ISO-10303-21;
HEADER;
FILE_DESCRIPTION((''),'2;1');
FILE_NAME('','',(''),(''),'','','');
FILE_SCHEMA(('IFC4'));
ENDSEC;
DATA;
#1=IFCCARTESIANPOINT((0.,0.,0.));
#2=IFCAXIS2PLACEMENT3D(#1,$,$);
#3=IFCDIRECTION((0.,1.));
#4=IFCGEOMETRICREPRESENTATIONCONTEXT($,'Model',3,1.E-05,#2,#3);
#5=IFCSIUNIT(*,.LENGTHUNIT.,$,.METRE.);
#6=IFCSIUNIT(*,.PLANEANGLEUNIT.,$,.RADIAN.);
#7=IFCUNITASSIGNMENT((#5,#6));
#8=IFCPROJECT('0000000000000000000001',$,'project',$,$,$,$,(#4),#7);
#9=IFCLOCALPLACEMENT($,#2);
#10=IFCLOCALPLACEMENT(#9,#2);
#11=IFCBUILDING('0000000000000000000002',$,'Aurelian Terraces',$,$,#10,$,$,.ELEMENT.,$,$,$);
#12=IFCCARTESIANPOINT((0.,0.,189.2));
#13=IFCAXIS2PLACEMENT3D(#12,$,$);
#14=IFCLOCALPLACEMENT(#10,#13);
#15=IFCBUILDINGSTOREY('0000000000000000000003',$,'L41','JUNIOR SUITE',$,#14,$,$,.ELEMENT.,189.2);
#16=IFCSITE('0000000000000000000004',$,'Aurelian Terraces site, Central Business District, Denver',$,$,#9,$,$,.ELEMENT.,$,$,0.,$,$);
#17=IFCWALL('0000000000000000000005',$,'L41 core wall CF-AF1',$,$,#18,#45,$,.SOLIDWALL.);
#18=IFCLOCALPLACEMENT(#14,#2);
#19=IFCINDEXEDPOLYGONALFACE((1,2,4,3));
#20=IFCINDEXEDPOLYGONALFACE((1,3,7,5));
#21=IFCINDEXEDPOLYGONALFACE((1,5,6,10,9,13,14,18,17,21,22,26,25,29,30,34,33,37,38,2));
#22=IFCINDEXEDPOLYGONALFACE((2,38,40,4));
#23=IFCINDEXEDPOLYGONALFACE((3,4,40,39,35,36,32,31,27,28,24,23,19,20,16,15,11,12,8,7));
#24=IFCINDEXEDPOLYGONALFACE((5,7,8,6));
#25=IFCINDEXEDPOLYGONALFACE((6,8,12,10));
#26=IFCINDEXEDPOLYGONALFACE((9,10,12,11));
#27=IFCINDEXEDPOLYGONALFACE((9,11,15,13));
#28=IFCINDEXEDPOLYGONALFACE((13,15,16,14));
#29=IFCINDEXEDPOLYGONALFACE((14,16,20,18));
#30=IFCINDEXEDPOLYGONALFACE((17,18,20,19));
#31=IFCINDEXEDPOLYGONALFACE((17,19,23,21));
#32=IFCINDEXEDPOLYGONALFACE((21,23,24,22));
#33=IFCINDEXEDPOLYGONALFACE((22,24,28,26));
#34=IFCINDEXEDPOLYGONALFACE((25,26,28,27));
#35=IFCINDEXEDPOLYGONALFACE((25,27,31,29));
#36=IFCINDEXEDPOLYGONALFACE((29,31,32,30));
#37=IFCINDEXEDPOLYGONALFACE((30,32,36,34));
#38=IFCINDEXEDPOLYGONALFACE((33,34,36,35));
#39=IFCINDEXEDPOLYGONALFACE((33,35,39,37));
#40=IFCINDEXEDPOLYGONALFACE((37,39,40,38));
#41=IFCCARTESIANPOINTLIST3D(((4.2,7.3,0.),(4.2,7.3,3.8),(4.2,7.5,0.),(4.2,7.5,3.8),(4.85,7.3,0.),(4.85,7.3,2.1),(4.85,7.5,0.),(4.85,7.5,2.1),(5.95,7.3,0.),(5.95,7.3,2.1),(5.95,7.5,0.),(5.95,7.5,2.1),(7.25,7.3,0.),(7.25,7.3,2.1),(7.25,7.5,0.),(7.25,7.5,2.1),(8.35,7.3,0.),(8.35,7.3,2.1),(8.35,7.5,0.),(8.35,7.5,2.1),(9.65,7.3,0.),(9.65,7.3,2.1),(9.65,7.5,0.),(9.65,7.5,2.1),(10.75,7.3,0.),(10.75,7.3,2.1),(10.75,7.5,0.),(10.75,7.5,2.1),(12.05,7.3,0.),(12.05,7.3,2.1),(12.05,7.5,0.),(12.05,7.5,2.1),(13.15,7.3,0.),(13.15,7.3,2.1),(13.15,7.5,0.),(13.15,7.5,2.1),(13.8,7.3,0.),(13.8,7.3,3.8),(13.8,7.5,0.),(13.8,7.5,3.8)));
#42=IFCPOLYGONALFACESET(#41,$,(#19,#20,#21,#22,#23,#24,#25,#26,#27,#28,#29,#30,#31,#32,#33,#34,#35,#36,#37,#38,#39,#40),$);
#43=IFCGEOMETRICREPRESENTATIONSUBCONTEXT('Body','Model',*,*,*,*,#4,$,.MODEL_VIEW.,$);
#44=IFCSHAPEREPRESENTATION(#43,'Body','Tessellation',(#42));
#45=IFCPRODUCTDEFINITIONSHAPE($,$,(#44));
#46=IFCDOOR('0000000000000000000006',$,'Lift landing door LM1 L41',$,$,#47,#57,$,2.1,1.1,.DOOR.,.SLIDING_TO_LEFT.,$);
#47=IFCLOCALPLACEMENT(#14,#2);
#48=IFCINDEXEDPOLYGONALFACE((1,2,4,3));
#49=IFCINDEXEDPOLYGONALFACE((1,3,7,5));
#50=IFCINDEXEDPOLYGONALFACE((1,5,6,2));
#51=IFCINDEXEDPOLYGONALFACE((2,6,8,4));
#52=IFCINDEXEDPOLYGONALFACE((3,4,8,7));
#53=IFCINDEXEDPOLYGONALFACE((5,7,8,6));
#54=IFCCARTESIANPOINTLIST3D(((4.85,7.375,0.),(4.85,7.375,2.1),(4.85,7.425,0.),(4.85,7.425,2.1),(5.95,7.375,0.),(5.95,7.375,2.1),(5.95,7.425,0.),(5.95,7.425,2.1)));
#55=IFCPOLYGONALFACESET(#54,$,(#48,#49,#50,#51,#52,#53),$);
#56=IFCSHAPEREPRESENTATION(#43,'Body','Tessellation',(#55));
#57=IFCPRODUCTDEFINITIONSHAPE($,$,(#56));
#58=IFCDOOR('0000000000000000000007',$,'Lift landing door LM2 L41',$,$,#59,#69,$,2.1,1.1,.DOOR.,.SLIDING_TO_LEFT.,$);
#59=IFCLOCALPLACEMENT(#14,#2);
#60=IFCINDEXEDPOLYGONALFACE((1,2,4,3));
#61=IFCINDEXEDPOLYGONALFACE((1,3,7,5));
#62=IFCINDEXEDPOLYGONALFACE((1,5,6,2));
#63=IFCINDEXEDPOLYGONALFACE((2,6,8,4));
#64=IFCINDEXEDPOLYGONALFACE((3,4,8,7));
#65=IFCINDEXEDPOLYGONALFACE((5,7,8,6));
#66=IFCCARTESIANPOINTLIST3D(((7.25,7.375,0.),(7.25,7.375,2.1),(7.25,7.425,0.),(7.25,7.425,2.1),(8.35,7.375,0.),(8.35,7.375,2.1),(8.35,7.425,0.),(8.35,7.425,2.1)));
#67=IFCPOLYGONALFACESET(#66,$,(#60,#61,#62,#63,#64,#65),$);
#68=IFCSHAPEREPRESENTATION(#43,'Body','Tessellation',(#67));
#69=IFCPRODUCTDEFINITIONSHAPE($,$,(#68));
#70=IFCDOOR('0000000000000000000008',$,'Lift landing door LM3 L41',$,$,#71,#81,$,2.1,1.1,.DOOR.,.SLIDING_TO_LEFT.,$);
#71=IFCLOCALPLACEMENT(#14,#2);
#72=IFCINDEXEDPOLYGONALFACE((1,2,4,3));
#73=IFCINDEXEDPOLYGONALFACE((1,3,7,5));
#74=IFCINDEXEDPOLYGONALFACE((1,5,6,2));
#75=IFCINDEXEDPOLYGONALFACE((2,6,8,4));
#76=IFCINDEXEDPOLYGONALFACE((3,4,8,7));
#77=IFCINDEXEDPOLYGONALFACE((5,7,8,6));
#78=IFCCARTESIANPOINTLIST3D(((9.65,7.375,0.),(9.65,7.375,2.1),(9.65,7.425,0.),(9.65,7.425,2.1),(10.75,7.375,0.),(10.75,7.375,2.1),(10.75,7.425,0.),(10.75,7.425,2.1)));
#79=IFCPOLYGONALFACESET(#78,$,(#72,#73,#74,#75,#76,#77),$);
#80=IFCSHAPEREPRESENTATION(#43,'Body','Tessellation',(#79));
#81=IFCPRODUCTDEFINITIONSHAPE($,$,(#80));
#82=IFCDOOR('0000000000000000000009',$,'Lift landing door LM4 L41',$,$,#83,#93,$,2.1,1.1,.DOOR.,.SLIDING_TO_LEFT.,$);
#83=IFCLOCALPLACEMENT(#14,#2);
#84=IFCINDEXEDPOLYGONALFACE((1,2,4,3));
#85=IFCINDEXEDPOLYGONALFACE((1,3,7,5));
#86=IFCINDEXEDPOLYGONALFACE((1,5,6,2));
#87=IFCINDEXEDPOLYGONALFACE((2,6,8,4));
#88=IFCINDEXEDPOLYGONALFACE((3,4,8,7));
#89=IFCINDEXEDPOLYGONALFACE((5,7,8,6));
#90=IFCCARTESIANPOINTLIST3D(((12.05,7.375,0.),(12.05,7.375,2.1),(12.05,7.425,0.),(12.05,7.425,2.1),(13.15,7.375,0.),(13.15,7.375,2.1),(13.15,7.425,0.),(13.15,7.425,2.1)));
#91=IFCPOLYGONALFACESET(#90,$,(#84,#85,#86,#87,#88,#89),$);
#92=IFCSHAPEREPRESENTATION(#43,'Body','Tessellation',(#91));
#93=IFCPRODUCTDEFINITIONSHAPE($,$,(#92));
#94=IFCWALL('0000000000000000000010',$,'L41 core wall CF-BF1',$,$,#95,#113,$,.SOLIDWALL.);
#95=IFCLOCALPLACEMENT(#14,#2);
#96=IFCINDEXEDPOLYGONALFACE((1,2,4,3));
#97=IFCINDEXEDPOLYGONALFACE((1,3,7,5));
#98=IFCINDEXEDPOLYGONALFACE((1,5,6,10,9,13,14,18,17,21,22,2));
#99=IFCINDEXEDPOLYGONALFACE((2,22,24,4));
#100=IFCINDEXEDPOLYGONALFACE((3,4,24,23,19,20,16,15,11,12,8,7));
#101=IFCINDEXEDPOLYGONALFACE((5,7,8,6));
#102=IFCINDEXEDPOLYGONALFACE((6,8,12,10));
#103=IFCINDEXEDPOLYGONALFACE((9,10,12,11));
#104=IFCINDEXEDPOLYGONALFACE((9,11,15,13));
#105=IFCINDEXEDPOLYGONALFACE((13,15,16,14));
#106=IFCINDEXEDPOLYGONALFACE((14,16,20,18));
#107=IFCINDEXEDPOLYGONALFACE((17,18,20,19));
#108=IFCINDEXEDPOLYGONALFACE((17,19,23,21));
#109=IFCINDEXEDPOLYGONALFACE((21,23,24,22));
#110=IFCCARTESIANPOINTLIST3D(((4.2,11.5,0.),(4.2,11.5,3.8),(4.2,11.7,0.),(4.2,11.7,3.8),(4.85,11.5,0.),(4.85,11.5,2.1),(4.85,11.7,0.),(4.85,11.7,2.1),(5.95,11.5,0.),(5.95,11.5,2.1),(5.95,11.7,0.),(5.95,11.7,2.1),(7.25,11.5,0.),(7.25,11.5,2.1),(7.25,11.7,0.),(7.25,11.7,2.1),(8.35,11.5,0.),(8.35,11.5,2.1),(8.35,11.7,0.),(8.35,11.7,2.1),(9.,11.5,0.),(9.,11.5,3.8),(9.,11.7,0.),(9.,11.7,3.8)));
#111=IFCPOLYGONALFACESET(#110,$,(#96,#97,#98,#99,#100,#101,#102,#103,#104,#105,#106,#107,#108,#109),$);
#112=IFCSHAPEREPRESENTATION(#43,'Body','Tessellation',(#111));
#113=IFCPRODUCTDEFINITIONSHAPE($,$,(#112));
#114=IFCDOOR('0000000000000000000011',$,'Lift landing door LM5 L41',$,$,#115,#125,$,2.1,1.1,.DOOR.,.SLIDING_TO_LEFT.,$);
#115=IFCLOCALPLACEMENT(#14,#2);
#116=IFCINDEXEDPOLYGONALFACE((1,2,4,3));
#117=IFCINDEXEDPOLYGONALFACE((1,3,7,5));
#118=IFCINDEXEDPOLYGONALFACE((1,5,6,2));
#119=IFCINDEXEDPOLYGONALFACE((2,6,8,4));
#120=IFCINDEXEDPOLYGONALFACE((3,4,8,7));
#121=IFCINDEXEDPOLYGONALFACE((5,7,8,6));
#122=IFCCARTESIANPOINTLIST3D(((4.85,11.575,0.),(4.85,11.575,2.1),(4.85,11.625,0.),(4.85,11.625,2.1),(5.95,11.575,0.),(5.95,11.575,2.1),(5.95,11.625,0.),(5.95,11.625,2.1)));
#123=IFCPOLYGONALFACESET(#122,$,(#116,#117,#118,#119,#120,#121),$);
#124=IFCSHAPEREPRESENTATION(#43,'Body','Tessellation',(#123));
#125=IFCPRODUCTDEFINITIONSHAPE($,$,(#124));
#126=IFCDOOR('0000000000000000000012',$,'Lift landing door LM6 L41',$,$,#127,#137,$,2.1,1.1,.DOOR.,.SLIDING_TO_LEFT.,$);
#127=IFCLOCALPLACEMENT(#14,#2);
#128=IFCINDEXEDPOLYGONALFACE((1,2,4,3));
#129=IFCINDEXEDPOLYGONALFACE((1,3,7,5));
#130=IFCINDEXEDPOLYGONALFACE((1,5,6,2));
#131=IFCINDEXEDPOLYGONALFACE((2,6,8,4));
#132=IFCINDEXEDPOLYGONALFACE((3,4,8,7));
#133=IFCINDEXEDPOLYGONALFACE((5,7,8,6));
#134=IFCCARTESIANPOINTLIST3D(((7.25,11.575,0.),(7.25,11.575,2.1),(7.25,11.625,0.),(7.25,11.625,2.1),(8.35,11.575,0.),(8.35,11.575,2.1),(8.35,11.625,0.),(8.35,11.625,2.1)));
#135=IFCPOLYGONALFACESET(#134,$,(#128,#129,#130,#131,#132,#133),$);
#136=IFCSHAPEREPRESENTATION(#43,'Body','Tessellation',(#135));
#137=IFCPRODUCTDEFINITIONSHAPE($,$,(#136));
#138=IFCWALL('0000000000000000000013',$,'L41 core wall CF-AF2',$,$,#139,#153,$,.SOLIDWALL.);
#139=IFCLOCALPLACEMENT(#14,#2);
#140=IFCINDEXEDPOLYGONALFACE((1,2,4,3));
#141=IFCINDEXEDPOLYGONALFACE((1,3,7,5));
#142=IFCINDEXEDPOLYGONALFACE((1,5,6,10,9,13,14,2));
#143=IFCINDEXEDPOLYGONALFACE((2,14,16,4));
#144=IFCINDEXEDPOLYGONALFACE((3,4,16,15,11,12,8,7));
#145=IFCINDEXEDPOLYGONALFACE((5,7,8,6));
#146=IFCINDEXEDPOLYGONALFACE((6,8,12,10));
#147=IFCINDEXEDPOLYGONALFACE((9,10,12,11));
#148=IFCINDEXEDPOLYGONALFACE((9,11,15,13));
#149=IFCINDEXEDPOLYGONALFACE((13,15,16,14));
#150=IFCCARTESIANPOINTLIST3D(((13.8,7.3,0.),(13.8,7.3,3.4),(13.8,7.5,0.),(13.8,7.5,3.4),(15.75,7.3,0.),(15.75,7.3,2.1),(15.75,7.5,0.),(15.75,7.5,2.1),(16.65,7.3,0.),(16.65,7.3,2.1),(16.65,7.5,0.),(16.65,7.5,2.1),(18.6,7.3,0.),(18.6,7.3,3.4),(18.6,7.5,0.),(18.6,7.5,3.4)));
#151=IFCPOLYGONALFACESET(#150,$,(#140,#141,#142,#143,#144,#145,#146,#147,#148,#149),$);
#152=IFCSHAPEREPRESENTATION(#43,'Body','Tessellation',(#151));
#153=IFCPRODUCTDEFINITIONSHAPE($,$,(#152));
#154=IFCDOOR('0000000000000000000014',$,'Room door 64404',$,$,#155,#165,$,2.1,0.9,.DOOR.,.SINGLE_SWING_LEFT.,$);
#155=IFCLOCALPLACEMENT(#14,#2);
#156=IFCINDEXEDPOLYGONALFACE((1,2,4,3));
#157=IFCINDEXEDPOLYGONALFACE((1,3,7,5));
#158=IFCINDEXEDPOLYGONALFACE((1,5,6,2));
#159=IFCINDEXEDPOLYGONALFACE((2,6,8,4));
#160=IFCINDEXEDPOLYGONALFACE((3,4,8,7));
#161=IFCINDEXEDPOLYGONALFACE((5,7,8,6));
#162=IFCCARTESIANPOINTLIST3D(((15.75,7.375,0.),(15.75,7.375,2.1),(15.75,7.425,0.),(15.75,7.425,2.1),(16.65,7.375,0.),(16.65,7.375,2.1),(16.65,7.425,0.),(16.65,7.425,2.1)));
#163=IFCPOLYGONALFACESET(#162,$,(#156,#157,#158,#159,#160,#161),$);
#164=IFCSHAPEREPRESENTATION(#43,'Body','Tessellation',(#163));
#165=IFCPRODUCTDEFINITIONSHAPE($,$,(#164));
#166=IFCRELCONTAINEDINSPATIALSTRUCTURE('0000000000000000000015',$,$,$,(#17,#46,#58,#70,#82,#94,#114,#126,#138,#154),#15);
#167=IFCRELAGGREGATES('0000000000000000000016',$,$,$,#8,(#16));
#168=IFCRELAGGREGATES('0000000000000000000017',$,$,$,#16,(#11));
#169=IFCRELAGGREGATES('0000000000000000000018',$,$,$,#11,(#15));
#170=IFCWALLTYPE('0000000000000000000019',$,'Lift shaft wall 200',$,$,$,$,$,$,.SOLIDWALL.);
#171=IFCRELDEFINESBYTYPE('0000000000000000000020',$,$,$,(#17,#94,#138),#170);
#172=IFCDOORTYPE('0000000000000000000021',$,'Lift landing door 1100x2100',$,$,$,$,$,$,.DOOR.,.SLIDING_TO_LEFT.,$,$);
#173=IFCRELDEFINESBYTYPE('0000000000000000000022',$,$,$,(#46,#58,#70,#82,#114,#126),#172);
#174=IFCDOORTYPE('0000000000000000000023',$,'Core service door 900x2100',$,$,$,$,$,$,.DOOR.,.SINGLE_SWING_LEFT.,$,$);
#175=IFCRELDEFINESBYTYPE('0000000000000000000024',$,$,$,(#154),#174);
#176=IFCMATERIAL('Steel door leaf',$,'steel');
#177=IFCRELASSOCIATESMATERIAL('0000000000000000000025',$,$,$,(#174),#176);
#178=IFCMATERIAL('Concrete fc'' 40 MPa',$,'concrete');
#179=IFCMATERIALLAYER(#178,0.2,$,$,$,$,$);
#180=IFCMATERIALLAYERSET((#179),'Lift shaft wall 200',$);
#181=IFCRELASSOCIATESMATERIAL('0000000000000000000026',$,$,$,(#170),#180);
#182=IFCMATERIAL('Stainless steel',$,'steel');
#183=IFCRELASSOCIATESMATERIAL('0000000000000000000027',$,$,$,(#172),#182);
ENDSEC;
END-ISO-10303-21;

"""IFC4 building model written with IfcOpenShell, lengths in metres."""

from ifc_helpers import new_model, si_unit, direction, frame, frame_2d, origin, place, context, subcontext, project, spatial, rectangle, extrude, source, transform, mapped, material, layer, layer_set, type_object, element, fill, save


model = new_model("IFC4")

# Units and contexts
model_context = context("Model", 3, precision=1e-05, world=origin(), true_north=direction((0.0, 1.0)))
body_context = subcontext(model_context, "Body", "Model", "MODEL_VIEW")
ifc_project = project(units=[si_unit("LENGTHUNIT", "METRE"), si_unit("PLANEANGLEUNIT", "RADIAN")], contexts=[model_context])

# Site, building, storey
site_placement = place(None, origin())
site = spatial("IfcSite", under=ifc_project, at=site_placement, Name="Aurelian Terraces site, Central Business District, Denver", CompositionType="ELEMENT", RefElevation=0.0)
building_placement = place(site_placement, origin())
building = spatial("IfcBuilding", under=site, at=building_placement, Name="Aurelian Terraces", CompositionType="ELEMENT")
storey_placement = place(building_placement, frame((0.0, 0.0, 189.2)))
storey = spatial("IfcBuildingStorey", under=building, at=storey_placement, Name="L41", Description="JUNIOR SUITE", CompositionType="ELEMENT", Elevation=189.2)

# Shared definitions
ifc_material_1 = material(Name="Steel door leaf", Category="steel")
door_type_1 = type_object("IfcDoorType", Name="Core service door 900x2100", OperationType="SINGLE_SWING_LEFT", PredefinedType="DOOR", material=ifc_material_1)
shared_shape_1 = source(origin(), body_context, "Body", "SweptSolid", [
    extrude(rectangle(XDim=0.9, YDim=2.1, at=frame_2d((0.45, 1.05))), frame((0.0, 0.025, 0.0), z_axis=(0.0, -1.0, 0.0), x_axis=(1.0, 0.0, 0.0)), (0.0, 0.0, 1.0), 0.05),
])

# Shared definitions
ifc_material_2 = material(Name="Concrete fc' 40 MPa", Category="concrete")
ifc_layer_1 = layer(ifc_material_2, 0.2)
ifc_layer_set_1 = layer_set([ifc_layer_1], Name="Lift shaft wall 200")
wall_type_1 = type_object("IfcWallType", Name="Lift shaft wall 200", PredefinedType="SOLIDWALL", material=ifc_layer_set_1)

# Walls, openings, doors
shared_shape_2 = source(origin(), body_context, "Body", "SweptSolid", [
    extrude(rectangle(XDim=9.6, YDim=0.2, at=frame_2d((4.8, 0.0))), origin(), (0.0, 0.0, 1.0), 3.8),
])
wall_1_placement = place(storey_placement, frame((4.2, 7.4, 0.0), z_axis=(0.0, 0.0, 1.0), x_axis=(1.0, 0.0, 0.0)))
wall_1 = element("IfcWall", 1, at=wall_1_placement, inside=storey, type_object=wall_type_1, Name="L41 core wall CF-AF1", PredefinedType="SOLIDWALL", context=body_context, shape_type="MappedRepresentation", body=[
    mapped(shared_shape_2, transform((0.0, 0.0, 0.0), scale=1.0)),
])
shared_shape_3 = source(origin(), body_context, "Body", "SweptSolid", [
    extrude(rectangle(XDim=1.1, YDim=2.1, at=frame_2d((0.55, 1.05))), frame((0.0, 0.11, 0.0), z_axis=(0.0, -1.0, 0.0), x_axis=(1.0, 0.0, 0.0)), (0.0, 0.0, 1.0), 0.22),
])
opening_1_placement = place(wall_1_placement, frame((0.65, 0.0, 0.0)))
opening_1 = element("IfcOpeningElement", 2, at=opening_1_placement, cuts=wall_1, PredefinedType="OPENING", context=body_context, shape_type="MappedRepresentation", body=[
    mapped(shared_shape_3, transform((0.0, 0.0, 0.0), scale=1.0)),
])
opening_2_placement = place(wall_1_placement, frame((3.05, 0.0, 0.0)))
opening_2 = element("IfcOpeningElement", 3, at=opening_2_placement, cuts=wall_1, PredefinedType="OPENING", context=body_context, shape_type="MappedRepresentation", body=[
    mapped(shared_shape_3, transform((0.0, 0.0, 0.0), scale=1.0)),
])
opening_3_placement = place(wall_1_placement, frame((5.45, 0.0, 0.0)))
opening_3 = element("IfcOpeningElement", 4, at=opening_3_placement, cuts=wall_1, PredefinedType="OPENING", context=body_context, shape_type="MappedRepresentation", body=[
    mapped(shared_shape_3, transform((0.0, 0.0, 0.0), scale=1.0)),
])
opening_4_placement = place(wall_1_placement, frame((7.85, 0.0, 0.0)))
opening_4 = element("IfcOpeningElement", 5, at=opening_4_placement, cuts=wall_1, PredefinedType="OPENING", context=body_context, shape_type="MappedRepresentation", body=[
    mapped(shared_shape_3, transform((0.0, 0.0, 0.0), scale=1.0)),
])
ifc_material_3 = material(Name="Stainless steel", Category="steel")
door_type_2 = type_object("IfcDoorType", Name="Lift landing door 1100x2100", OperationType="SLIDING_TO_LEFT", PredefinedType="DOOR", material=ifc_material_3)
shared_shape_4 = source(origin(), body_context, "Body", "SweptSolid", [
    extrude(rectangle(XDim=1.1, YDim=2.1, at=frame_2d((0.55, 1.05))), frame((0.0, 0.025, 0.0), z_axis=(0.0, -1.0, 0.0), x_axis=(1.0, 0.0, 0.0)), (0.0, 0.0, 1.0), 0.05),
])
door_1_placement = place(opening_1_placement, origin())
door_1 = element("IfcDoor", 6, at=door_1_placement, inside=storey, type_object=door_type_2, Name="Lift landing door LM1 L41", OperationType="SLIDING_TO_LEFT", OverallHeight=2.1, OverallWidth=1.1, PredefinedType="DOOR", context=body_context, shape_type="MappedRepresentation", body=[
    mapped(shared_shape_4, transform((0.0, 0.0, 0.0), scale=1.0)),
])
fill(opening_1, door_1)
door_2_placement = place(opening_2_placement, origin())
door_2 = element("IfcDoor", 7, at=door_2_placement, inside=storey, type_object=door_type_2, Name="Lift landing door LM2 L41", OperationType="SLIDING_TO_LEFT", OverallHeight=2.1, OverallWidth=1.1, PredefinedType="DOOR", context=body_context, shape_type="MappedRepresentation", body=[
    mapped(shared_shape_4, transform((0.0, 0.0, 0.0), scale=1.0)),
])
fill(opening_2, door_2)
door_3_placement = place(opening_3_placement, origin())
door_3 = element("IfcDoor", 8, at=door_3_placement, inside=storey, type_object=door_type_2, Name="Lift landing door LM3 L41", OperationType="SLIDING_TO_LEFT", OverallHeight=2.1, OverallWidth=1.1, PredefinedType="DOOR", context=body_context, shape_type="MappedRepresentation", body=[
    mapped(shared_shape_4, transform((0.0, 0.0, 0.0), scale=1.0)),
])
fill(opening_3, door_3)
door_4_placement = place(opening_4_placement, origin())
door_4 = element("IfcDoor", 9, at=door_4_placement, inside=storey, type_object=door_type_2, Name="Lift landing door LM4 L41", OperationType="SLIDING_TO_LEFT", OverallHeight=2.1, OverallWidth=1.1, PredefinedType="DOOR", context=body_context, shape_type="MappedRepresentation", body=[
    mapped(shared_shape_4, transform((0.0, 0.0, 0.0), scale=1.0)),
])
fill(opening_4, door_4)
shared_shape_5 = source(origin(), body_context, "Body", "SweptSolid", [
    extrude(rectangle(XDim=4.8, YDim=0.2, at=frame_2d((2.4, 0.0))), origin(), (0.0, 0.0, 1.0), 3.8),
])
wall_2_placement = place(storey_placement, frame((4.2, 11.6, 0.0), z_axis=(0.0, 0.0, 1.0), x_axis=(1.0, 0.0, 0.0)))
wall_2 = element("IfcWall", 10, at=wall_2_placement, inside=storey, type_object=wall_type_1, Name="L41 core wall CF-BF1", PredefinedType="SOLIDWALL", context=body_context, shape_type="MappedRepresentation", body=[
    mapped(shared_shape_5, transform((0.0, 0.0, 0.0), scale=1.0)),
])
opening_5_placement = place(wall_2_placement, frame((0.65, 0.0, 0.0)))
opening_5 = element("IfcOpeningElement", 11, at=opening_5_placement, cuts=wall_2, PredefinedType="OPENING", context=body_context, shape_type="MappedRepresentation", body=[
    mapped(shared_shape_3, transform((0.0, 0.0, 0.0), scale=1.0)),
])
opening_6_placement = place(wall_2_placement, frame((3.05, 0.0, 0.0)))
opening_6 = element("IfcOpeningElement", 12, at=opening_6_placement, cuts=wall_2, PredefinedType="OPENING", context=body_context, shape_type="MappedRepresentation", body=[
    mapped(shared_shape_3, transform((0.0, 0.0, 0.0), scale=1.0)),
])
door_5_placement = place(opening_5_placement, origin())
door_5 = element("IfcDoor", 13, at=door_5_placement, inside=storey, type_object=door_type_2, Name="Lift landing door LM5 L41", OperationType="SLIDING_TO_LEFT", OverallHeight=2.1, OverallWidth=1.1, PredefinedType="DOOR", context=body_context, shape_type="MappedRepresentation", body=[
    mapped(shared_shape_4, transform((0.0, 0.0, 0.0), scale=1.0)),
])
fill(opening_5, door_5)
door_6_placement = place(opening_6_placement, origin())
door_6 = element("IfcDoor", 14, at=door_6_placement, inside=storey, type_object=door_type_2, Name="Lift landing door LM6 L41", OperationType="SLIDING_TO_LEFT", OverallHeight=2.1, OverallWidth=1.1, PredefinedType="DOOR", context=body_context, shape_type="MappedRepresentation", body=[
    mapped(shared_shape_4, transform((0.0, 0.0, 0.0), scale=1.0)),
])
fill(opening_6, door_6)

# Wall, opening, door
shared_shape_6 = source(origin(), body_context, "Body", "SweptSolid", [
    extrude(rectangle(XDim=4.8, YDim=0.2, at=frame_2d((2.4, 0.0))), origin(), (0.0, 0.0, 1.0), 3.4),
])
wall_3_placement = place(storey_placement, frame((13.8, 7.4, 0.0), z_axis=(0.0, 0.0, 1.0), x_axis=(1.0, 0.0, 0.0)))
wall_3 = element("IfcWall", 15, at=wall_3_placement, inside=storey, type_object=wall_type_1, Name="L41 core wall CF-AF2", PredefinedType="SOLIDWALL", context=body_context, shape_type="MappedRepresentation", body=[
    mapped(shared_shape_6, transform((0.0, 0.0, 0.0), scale=1.0)),
])
shared_shape_7 = source(origin(), body_context, "Body", "SweptSolid", [
    extrude(rectangle(XDim=0.9, YDim=2.1, at=frame_2d((0.45, 1.05))), frame((0.0, 0.11, 0.0), z_axis=(0.0, -1.0, 0.0), x_axis=(1.0, 0.0, 0.0)), (0.0, 0.0, 1.0), 0.22),
])
opening_7_placement = place(wall_3_placement, frame((1.95, 0.0, 0.0)))
opening_7 = element("IfcOpeningElement", 16, at=opening_7_placement, cuts=wall_3, PredefinedType="OPENING", context=body_context, shape_type="MappedRepresentation", body=[
    mapped(shared_shape_7, transform((0.0, 0.0, 0.0), scale=1.0)),
])
door_7_placement = place(opening_7_placement, origin())
door_7 = element("IfcDoor", 17, at=door_7_placement, inside=storey, type_object=door_type_1, Name="Room door 64404", OperationType="SINGLE_SWING_LEFT", OverallHeight=2.1, OverallWidth=0.9, PredefinedType="DOOR", context=body_context, shape_type="MappedRepresentation", body=[
    mapped(shared_shape_1, transform((0.0, 0.0, 0.0), scale=1.0)),
])
fill(opening_7, door_7)

save(model, "model.ifc")
